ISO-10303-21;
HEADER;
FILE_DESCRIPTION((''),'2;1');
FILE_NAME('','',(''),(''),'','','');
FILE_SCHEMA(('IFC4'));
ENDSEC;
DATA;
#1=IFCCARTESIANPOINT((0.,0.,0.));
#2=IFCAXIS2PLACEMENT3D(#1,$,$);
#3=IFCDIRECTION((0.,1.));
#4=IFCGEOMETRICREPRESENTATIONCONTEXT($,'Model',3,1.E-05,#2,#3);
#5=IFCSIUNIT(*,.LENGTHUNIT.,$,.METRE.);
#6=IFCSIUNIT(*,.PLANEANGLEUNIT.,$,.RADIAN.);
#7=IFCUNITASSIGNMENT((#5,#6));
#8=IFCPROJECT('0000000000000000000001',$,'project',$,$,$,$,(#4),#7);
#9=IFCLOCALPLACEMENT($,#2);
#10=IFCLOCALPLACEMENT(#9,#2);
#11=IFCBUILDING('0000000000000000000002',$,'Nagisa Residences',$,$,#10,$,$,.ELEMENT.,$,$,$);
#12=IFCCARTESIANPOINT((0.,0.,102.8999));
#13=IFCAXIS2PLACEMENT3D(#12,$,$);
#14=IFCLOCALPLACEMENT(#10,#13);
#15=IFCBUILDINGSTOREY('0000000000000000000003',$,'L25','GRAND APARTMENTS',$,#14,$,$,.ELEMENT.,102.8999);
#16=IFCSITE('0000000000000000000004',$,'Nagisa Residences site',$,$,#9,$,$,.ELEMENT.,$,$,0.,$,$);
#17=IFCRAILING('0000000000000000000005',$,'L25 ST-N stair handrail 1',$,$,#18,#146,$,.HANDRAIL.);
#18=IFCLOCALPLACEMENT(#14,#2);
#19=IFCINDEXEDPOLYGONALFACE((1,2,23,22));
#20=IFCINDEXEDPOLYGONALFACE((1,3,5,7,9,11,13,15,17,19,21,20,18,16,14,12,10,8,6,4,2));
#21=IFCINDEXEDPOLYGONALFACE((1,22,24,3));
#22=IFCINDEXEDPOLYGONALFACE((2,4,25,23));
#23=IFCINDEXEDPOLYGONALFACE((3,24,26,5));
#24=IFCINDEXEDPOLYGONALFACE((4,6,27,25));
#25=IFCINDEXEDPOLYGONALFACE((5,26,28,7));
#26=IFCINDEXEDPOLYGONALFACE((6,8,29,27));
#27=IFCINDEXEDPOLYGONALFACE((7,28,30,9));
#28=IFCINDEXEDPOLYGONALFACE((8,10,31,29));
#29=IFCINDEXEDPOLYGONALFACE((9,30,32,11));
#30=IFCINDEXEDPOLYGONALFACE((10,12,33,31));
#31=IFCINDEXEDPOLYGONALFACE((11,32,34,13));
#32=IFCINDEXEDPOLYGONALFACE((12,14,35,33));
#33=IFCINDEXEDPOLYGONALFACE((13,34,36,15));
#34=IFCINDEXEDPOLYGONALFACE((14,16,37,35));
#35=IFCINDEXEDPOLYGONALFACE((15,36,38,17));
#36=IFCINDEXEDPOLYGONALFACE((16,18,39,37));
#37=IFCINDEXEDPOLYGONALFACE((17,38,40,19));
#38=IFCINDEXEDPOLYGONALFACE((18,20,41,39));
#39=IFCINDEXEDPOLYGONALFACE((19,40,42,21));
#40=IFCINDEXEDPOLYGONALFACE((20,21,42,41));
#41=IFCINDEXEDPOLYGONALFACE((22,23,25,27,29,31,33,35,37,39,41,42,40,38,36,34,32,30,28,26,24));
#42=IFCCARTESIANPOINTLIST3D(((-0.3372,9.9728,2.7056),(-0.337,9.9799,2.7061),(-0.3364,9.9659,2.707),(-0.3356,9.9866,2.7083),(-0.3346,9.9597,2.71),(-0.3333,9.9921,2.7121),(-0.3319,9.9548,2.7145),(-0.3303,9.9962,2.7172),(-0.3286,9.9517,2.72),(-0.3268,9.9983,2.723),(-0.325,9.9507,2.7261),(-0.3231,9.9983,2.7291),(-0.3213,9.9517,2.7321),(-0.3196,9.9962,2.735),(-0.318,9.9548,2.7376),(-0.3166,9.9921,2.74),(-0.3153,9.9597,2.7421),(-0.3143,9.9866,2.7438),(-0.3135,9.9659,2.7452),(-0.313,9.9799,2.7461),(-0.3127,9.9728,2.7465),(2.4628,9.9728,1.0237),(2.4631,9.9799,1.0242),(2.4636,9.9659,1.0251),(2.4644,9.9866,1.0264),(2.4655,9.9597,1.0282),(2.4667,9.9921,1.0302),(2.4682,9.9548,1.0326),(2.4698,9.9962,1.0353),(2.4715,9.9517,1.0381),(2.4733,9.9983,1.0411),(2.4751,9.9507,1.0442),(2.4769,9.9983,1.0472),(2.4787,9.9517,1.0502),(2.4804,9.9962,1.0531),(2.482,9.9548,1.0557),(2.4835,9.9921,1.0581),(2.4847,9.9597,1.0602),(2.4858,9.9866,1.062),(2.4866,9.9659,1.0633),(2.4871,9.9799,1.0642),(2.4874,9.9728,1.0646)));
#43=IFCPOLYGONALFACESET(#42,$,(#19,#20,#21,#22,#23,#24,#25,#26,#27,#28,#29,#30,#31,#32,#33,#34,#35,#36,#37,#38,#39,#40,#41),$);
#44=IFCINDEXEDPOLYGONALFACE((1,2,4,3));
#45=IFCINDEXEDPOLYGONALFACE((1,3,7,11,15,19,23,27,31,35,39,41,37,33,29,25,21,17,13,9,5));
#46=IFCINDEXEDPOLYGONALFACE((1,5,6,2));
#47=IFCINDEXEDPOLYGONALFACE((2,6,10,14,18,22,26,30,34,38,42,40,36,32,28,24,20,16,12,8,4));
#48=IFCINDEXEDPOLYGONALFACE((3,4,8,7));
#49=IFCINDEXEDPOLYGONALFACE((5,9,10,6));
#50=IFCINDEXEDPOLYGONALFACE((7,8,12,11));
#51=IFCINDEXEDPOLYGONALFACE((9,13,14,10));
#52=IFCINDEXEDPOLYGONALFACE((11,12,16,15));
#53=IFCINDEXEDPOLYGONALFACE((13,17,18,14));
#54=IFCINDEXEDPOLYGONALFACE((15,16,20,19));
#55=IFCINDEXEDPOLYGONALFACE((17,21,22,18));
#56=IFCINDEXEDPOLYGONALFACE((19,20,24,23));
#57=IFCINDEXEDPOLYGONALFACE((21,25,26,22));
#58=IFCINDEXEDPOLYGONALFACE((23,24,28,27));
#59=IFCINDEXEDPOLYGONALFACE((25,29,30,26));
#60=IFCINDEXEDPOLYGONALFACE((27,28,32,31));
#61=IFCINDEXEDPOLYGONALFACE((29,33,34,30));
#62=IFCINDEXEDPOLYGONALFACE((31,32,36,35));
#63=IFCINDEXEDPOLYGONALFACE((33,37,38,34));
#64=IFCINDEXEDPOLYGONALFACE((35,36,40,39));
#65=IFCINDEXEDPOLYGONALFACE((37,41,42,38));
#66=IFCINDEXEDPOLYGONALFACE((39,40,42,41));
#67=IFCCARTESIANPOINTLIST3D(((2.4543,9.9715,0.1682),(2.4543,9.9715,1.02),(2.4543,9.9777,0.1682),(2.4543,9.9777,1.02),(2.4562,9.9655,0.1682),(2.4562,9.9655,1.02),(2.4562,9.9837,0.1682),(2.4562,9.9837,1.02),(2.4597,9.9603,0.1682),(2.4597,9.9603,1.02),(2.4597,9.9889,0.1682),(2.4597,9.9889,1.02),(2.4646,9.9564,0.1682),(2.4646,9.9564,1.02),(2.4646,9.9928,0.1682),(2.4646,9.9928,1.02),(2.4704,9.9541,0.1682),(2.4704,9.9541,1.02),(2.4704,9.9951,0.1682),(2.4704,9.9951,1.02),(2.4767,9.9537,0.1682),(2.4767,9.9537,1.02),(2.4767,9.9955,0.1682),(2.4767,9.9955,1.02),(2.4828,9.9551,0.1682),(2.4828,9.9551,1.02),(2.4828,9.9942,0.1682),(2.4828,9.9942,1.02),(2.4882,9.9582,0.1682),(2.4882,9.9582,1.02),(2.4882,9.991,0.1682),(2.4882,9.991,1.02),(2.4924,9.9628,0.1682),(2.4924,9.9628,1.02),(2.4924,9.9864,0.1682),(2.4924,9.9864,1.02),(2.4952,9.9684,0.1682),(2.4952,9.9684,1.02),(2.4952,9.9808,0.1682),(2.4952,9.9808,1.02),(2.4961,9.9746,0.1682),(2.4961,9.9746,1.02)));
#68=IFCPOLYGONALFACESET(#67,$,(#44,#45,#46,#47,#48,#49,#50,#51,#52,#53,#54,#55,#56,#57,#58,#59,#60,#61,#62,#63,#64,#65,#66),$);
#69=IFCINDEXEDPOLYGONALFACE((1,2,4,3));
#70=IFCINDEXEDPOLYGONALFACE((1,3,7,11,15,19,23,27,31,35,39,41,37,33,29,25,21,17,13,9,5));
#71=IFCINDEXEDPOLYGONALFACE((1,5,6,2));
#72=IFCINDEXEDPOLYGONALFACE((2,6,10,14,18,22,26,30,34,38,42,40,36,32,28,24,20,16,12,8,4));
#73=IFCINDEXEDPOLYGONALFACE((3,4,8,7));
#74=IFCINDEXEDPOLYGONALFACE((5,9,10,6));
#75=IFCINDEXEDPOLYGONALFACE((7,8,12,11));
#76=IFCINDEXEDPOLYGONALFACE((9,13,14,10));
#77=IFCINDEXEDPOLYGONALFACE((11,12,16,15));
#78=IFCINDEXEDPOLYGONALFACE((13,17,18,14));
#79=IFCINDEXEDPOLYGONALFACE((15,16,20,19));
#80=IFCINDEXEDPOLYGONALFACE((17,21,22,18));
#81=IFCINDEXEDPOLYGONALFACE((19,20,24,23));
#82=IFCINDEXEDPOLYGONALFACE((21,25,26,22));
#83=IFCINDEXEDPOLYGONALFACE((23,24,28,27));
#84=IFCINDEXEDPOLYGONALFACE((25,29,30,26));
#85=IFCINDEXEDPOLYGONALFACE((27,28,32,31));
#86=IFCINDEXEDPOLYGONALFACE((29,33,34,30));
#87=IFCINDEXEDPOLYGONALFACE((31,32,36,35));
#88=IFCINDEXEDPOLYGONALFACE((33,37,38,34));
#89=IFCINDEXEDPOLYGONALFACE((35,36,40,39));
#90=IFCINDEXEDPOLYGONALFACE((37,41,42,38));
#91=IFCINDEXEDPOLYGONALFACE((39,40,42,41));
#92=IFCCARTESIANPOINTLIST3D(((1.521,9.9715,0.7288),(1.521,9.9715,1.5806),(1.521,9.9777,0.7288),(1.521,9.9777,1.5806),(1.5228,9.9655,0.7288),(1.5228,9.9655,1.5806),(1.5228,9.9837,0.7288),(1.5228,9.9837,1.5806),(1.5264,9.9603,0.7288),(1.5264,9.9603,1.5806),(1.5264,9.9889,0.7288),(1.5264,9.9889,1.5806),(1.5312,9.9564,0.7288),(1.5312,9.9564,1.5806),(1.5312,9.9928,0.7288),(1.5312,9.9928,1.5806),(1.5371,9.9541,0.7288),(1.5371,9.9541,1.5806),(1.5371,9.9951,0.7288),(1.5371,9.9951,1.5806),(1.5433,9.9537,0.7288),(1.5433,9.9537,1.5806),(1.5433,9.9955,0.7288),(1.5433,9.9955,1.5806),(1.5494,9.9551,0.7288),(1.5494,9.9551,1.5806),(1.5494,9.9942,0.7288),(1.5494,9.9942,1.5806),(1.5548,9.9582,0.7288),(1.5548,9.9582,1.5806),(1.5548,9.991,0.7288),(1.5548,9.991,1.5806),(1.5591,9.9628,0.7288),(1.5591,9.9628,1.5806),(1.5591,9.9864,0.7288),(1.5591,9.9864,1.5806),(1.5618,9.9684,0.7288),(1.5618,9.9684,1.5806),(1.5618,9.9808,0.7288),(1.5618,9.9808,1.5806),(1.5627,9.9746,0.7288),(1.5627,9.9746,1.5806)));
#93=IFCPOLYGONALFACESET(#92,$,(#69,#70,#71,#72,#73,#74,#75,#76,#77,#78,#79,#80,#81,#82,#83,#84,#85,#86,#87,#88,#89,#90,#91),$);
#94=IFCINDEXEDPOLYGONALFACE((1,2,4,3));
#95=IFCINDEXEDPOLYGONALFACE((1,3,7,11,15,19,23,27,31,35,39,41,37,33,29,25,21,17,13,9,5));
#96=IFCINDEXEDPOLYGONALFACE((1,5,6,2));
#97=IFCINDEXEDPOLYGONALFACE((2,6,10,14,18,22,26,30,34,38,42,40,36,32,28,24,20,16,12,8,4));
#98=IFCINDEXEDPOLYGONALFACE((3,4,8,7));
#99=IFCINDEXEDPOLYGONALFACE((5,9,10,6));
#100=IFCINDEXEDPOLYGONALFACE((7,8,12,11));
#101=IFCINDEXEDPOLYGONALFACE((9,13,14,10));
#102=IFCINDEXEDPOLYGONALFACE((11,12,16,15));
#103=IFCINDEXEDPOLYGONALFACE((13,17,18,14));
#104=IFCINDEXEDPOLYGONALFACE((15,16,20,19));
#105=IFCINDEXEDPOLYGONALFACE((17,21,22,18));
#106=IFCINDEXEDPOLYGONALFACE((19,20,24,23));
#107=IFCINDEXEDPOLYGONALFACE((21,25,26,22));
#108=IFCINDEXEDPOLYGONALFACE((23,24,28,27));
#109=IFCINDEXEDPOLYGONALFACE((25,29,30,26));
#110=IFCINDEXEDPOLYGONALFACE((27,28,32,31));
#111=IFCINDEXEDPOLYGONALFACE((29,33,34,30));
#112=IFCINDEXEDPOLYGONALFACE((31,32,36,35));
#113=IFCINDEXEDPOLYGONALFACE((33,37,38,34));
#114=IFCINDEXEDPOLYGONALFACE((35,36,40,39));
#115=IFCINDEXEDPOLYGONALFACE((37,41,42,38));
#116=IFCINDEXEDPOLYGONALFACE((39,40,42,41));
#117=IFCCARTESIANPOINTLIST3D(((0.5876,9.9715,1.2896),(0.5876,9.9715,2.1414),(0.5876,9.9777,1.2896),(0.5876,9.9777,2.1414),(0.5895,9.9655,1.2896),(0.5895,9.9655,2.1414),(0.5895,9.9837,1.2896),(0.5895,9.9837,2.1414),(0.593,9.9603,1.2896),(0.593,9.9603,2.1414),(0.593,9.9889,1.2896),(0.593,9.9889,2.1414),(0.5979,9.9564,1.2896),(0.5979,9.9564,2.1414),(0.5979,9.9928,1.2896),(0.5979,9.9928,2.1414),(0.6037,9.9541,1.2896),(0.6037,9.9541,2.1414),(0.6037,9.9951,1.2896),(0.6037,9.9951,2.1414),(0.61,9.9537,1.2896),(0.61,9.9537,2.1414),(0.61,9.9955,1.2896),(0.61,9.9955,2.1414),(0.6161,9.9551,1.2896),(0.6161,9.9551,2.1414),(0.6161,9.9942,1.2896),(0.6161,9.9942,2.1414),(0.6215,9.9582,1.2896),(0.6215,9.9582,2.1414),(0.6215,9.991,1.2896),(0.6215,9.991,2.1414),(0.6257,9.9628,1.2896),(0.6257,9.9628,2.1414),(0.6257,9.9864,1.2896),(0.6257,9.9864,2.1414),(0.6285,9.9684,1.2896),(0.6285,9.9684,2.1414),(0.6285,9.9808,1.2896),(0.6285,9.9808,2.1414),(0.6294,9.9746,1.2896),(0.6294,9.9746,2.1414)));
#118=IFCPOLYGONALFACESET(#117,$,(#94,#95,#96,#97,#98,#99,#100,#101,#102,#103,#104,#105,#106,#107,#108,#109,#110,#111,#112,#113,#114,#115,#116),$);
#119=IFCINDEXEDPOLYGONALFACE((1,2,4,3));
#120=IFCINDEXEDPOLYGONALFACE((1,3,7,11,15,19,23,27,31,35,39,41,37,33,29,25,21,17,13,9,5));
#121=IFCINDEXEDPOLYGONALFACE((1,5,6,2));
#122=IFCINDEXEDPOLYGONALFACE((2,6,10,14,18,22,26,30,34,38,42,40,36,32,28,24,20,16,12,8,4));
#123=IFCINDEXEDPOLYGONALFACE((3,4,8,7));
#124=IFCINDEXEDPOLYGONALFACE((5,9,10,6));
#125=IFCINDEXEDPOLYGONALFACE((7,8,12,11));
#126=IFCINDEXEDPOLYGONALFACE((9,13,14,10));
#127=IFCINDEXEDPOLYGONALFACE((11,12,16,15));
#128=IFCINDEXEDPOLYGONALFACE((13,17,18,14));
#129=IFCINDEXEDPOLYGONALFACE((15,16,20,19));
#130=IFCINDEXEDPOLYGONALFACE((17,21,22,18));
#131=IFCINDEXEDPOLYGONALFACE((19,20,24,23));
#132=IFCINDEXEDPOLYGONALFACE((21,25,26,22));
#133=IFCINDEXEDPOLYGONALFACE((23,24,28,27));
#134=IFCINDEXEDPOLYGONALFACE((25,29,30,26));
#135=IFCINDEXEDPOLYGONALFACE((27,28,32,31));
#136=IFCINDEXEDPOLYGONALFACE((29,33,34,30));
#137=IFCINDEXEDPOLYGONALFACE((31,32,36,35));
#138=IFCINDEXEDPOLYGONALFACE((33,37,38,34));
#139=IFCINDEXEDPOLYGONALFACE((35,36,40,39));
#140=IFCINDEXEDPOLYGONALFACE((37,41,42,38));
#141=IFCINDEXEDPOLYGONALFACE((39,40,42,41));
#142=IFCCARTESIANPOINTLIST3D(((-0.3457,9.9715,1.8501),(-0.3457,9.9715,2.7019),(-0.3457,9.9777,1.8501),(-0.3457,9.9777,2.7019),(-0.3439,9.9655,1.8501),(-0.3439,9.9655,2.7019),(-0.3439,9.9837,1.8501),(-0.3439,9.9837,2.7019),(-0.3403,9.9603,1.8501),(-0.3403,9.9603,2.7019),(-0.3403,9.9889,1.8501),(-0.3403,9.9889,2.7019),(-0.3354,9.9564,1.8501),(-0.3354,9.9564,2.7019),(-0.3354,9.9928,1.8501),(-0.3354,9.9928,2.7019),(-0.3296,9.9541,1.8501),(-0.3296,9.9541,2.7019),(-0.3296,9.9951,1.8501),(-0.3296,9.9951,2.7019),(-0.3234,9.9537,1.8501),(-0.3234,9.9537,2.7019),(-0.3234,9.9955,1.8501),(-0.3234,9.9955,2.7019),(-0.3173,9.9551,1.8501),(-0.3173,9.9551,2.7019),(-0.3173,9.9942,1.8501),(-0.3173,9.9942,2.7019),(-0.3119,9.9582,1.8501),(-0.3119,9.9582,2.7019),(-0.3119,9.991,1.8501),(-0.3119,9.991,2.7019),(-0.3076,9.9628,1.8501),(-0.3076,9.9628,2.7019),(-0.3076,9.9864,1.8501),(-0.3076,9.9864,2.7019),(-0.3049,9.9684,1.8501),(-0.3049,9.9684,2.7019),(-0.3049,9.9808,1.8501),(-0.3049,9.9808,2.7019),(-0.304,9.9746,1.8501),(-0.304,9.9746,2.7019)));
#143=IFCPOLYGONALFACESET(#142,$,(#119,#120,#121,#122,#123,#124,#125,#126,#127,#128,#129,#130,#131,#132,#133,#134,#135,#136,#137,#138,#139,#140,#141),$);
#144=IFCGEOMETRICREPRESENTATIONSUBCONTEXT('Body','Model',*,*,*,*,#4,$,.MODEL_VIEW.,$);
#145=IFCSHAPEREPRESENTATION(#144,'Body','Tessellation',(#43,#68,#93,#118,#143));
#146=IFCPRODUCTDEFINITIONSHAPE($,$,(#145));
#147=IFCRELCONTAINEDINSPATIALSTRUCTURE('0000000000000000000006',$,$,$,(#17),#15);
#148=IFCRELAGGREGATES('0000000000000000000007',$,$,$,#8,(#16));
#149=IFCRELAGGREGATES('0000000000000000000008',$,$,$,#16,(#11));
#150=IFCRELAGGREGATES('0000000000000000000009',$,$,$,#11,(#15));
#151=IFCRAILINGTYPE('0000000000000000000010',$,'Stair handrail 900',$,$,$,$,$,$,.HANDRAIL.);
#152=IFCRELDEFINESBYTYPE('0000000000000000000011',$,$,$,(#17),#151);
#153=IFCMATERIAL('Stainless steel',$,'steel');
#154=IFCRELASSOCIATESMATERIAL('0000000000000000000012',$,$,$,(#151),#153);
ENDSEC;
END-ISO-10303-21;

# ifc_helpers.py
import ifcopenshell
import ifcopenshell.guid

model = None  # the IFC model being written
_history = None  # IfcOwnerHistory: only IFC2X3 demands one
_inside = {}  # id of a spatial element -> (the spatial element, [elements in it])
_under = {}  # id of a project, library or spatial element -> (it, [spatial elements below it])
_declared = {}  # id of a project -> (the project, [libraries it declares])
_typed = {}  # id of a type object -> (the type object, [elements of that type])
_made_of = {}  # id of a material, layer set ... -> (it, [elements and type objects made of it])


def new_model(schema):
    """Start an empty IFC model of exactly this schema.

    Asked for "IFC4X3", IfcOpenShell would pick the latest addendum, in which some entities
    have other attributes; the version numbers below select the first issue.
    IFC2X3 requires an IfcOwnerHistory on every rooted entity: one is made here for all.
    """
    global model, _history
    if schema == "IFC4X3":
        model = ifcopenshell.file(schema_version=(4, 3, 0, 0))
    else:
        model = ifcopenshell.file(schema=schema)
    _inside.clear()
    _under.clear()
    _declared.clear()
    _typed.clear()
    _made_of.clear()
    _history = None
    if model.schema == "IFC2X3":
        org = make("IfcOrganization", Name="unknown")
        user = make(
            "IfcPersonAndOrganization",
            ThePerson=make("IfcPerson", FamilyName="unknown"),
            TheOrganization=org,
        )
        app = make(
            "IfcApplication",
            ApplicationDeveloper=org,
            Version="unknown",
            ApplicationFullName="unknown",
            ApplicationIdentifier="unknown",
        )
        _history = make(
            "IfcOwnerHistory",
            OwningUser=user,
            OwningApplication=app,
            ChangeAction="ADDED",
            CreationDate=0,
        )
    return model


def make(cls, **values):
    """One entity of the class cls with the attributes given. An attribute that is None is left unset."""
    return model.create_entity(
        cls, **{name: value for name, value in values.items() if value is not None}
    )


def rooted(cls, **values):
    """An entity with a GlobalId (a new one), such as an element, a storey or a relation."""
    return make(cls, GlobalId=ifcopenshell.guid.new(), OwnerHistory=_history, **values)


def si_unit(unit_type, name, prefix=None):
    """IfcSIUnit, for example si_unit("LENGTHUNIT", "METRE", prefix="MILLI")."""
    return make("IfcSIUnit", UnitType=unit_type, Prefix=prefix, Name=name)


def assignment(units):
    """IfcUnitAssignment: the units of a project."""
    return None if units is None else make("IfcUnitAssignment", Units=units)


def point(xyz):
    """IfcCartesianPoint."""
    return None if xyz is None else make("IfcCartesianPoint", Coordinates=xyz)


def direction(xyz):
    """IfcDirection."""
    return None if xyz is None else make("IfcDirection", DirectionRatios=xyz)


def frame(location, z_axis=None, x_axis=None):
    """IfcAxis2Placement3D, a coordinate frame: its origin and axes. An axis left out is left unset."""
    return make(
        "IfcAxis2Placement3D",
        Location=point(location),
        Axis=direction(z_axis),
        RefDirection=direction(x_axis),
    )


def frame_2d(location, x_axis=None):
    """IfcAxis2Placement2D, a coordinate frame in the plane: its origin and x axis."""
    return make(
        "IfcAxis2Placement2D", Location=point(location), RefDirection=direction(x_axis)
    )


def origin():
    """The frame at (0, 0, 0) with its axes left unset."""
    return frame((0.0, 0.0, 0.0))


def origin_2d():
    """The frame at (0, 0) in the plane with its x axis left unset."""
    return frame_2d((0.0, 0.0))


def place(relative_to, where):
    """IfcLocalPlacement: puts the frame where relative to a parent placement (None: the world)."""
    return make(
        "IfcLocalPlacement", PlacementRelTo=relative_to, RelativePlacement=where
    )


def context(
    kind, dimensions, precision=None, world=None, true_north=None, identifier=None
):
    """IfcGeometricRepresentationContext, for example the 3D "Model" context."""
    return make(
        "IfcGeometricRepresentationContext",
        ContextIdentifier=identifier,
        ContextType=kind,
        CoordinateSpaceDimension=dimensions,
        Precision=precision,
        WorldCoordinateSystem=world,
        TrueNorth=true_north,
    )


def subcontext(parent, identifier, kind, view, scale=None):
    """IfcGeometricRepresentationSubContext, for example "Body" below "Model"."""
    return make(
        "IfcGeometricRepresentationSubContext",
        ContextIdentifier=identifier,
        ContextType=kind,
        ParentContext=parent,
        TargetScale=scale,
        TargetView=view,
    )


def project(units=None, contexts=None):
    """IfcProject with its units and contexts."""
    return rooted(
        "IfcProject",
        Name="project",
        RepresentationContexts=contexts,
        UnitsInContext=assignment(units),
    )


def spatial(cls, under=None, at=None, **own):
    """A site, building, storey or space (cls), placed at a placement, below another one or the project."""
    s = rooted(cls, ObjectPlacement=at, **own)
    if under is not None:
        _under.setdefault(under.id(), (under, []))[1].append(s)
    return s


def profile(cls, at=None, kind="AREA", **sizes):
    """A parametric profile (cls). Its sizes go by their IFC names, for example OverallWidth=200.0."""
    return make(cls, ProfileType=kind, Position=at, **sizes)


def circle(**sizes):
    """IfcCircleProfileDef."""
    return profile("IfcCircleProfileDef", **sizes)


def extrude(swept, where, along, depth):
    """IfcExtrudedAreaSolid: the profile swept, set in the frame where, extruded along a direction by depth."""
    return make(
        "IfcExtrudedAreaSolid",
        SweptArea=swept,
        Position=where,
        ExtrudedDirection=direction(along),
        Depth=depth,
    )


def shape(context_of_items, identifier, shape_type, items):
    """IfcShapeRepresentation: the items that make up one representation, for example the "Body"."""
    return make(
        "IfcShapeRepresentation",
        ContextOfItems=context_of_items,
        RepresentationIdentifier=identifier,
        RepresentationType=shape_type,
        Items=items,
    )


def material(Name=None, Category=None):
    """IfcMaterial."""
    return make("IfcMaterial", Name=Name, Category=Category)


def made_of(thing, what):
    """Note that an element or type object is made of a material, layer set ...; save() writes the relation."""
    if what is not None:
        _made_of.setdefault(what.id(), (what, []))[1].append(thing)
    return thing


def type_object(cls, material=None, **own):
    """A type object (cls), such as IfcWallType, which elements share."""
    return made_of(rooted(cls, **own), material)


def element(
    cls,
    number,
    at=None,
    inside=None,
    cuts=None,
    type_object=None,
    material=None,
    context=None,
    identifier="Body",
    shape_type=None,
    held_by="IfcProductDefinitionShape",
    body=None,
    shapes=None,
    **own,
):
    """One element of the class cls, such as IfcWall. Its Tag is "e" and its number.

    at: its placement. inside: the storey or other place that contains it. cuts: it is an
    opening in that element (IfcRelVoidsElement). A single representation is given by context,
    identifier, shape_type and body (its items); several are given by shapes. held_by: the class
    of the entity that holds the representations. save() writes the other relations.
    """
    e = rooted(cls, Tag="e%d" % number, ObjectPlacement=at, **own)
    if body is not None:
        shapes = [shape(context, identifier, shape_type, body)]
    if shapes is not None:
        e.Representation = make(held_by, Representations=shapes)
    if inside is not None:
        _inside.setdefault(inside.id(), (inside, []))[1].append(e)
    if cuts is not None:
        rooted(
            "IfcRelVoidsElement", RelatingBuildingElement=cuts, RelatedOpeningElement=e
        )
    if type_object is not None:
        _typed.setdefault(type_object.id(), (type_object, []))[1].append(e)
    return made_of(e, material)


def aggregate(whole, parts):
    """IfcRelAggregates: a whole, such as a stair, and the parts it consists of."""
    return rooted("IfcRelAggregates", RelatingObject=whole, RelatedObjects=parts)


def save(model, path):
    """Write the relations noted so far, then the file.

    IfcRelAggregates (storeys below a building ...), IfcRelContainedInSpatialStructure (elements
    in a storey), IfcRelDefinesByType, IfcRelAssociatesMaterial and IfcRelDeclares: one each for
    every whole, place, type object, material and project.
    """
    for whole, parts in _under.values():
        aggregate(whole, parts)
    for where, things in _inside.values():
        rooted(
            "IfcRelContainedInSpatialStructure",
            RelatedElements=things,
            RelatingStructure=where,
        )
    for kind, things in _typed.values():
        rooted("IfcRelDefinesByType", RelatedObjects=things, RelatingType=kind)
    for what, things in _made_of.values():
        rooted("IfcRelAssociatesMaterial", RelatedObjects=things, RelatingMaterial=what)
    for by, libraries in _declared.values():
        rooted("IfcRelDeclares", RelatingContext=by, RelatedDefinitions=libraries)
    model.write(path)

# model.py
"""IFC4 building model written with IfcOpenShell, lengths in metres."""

from ifc_helpers import new_model, si_unit, direction, frame, origin, origin_2d, place, context, subcontext, project, spatial, circle, extrude, material, type_object, element, save


model = new_model("IFC4")

# Units and contexts
model_context = context("Model", 3, precision=1e-05, world=origin(), true_north=direction((0.0, 1.0)))
body_context = subcontext(model_context, "Body", "Model", "MODEL_VIEW")
ifc_project = project(units=[si_unit("LENGTHUNIT", "METRE"), si_unit("PLANEANGLEUNIT", "RADIAN")], contexts=[model_context])

# Site, building, storey
site_placement = place(None, origin())
site = spatial("IfcSite", under=ifc_project, at=site_placement, Name="Nagisa Residences site", CompositionType="ELEMENT", RefElevation=0.0)
building_placement = place(site_placement, origin())
building = spatial("IfcBuilding", under=site, at=building_placement, Name="Nagisa Residences", CompositionType="ELEMENT")
storey_placement = place(building_placement, frame((0.0, 0.0, 102.8999)))
storey = spatial("IfcBuildingStorey", under=building, at=storey_placement, Name="L25", Description="GRAND APARTMENTS", CompositionType="ELEMENT", Elevation=102.8999)

# Railing
ifc_material_1 = material(Name="Stainless steel", Category="steel")
railing_type_1 = type_object("IfcRailingType", Name="Stair handrail 900", PredefinedType="HANDRAIL", material=ifc_material_1)
railing_1_placement = place(storey_placement, frame((2.4751, 9.9746, 0.1682)))
element("IfcRailing", 1, at=railing_1_placement, inside=storey, type_object=railing_type_1, Name="L25 ST-N stair handrail 1", PredefinedType="HANDRAIL", context=body_context, shape_type="SweptSolid", body=[
    extrude(circle(Radius=0.0239, at=origin_2d()), frame((0.0, 0.0, 0.876), z_axis=(-0.857242, 0.0, 0.514913), x_axis=(0.0, -1.0, 0.0)), (0.0, 0.0, 1.0), 3.2664),
    extrude(circle(Radius=0.021, at=origin_2d()), origin(), (0.0, 0.0, 1.0), 0.8518),
    extrude(circle(Radius=0.021, at=origin_2d()), frame((-0.9333, 0.0, 0.5605)), (0.0, 0.0, 1.0), 0.8518),
    extrude(circle(Radius=0.021, at=origin_2d()), frame((-1.8667, 0.0, 1.1213)), (0.0, 0.0, 1.0), 0.8518),
    extrude(circle(Radius=0.021, at=origin_2d()), frame((-2.8, 0.0, 1.6819)), (0.0, 0.0, 1.0), 0.8518),
])

save(model, "model.ifc")
